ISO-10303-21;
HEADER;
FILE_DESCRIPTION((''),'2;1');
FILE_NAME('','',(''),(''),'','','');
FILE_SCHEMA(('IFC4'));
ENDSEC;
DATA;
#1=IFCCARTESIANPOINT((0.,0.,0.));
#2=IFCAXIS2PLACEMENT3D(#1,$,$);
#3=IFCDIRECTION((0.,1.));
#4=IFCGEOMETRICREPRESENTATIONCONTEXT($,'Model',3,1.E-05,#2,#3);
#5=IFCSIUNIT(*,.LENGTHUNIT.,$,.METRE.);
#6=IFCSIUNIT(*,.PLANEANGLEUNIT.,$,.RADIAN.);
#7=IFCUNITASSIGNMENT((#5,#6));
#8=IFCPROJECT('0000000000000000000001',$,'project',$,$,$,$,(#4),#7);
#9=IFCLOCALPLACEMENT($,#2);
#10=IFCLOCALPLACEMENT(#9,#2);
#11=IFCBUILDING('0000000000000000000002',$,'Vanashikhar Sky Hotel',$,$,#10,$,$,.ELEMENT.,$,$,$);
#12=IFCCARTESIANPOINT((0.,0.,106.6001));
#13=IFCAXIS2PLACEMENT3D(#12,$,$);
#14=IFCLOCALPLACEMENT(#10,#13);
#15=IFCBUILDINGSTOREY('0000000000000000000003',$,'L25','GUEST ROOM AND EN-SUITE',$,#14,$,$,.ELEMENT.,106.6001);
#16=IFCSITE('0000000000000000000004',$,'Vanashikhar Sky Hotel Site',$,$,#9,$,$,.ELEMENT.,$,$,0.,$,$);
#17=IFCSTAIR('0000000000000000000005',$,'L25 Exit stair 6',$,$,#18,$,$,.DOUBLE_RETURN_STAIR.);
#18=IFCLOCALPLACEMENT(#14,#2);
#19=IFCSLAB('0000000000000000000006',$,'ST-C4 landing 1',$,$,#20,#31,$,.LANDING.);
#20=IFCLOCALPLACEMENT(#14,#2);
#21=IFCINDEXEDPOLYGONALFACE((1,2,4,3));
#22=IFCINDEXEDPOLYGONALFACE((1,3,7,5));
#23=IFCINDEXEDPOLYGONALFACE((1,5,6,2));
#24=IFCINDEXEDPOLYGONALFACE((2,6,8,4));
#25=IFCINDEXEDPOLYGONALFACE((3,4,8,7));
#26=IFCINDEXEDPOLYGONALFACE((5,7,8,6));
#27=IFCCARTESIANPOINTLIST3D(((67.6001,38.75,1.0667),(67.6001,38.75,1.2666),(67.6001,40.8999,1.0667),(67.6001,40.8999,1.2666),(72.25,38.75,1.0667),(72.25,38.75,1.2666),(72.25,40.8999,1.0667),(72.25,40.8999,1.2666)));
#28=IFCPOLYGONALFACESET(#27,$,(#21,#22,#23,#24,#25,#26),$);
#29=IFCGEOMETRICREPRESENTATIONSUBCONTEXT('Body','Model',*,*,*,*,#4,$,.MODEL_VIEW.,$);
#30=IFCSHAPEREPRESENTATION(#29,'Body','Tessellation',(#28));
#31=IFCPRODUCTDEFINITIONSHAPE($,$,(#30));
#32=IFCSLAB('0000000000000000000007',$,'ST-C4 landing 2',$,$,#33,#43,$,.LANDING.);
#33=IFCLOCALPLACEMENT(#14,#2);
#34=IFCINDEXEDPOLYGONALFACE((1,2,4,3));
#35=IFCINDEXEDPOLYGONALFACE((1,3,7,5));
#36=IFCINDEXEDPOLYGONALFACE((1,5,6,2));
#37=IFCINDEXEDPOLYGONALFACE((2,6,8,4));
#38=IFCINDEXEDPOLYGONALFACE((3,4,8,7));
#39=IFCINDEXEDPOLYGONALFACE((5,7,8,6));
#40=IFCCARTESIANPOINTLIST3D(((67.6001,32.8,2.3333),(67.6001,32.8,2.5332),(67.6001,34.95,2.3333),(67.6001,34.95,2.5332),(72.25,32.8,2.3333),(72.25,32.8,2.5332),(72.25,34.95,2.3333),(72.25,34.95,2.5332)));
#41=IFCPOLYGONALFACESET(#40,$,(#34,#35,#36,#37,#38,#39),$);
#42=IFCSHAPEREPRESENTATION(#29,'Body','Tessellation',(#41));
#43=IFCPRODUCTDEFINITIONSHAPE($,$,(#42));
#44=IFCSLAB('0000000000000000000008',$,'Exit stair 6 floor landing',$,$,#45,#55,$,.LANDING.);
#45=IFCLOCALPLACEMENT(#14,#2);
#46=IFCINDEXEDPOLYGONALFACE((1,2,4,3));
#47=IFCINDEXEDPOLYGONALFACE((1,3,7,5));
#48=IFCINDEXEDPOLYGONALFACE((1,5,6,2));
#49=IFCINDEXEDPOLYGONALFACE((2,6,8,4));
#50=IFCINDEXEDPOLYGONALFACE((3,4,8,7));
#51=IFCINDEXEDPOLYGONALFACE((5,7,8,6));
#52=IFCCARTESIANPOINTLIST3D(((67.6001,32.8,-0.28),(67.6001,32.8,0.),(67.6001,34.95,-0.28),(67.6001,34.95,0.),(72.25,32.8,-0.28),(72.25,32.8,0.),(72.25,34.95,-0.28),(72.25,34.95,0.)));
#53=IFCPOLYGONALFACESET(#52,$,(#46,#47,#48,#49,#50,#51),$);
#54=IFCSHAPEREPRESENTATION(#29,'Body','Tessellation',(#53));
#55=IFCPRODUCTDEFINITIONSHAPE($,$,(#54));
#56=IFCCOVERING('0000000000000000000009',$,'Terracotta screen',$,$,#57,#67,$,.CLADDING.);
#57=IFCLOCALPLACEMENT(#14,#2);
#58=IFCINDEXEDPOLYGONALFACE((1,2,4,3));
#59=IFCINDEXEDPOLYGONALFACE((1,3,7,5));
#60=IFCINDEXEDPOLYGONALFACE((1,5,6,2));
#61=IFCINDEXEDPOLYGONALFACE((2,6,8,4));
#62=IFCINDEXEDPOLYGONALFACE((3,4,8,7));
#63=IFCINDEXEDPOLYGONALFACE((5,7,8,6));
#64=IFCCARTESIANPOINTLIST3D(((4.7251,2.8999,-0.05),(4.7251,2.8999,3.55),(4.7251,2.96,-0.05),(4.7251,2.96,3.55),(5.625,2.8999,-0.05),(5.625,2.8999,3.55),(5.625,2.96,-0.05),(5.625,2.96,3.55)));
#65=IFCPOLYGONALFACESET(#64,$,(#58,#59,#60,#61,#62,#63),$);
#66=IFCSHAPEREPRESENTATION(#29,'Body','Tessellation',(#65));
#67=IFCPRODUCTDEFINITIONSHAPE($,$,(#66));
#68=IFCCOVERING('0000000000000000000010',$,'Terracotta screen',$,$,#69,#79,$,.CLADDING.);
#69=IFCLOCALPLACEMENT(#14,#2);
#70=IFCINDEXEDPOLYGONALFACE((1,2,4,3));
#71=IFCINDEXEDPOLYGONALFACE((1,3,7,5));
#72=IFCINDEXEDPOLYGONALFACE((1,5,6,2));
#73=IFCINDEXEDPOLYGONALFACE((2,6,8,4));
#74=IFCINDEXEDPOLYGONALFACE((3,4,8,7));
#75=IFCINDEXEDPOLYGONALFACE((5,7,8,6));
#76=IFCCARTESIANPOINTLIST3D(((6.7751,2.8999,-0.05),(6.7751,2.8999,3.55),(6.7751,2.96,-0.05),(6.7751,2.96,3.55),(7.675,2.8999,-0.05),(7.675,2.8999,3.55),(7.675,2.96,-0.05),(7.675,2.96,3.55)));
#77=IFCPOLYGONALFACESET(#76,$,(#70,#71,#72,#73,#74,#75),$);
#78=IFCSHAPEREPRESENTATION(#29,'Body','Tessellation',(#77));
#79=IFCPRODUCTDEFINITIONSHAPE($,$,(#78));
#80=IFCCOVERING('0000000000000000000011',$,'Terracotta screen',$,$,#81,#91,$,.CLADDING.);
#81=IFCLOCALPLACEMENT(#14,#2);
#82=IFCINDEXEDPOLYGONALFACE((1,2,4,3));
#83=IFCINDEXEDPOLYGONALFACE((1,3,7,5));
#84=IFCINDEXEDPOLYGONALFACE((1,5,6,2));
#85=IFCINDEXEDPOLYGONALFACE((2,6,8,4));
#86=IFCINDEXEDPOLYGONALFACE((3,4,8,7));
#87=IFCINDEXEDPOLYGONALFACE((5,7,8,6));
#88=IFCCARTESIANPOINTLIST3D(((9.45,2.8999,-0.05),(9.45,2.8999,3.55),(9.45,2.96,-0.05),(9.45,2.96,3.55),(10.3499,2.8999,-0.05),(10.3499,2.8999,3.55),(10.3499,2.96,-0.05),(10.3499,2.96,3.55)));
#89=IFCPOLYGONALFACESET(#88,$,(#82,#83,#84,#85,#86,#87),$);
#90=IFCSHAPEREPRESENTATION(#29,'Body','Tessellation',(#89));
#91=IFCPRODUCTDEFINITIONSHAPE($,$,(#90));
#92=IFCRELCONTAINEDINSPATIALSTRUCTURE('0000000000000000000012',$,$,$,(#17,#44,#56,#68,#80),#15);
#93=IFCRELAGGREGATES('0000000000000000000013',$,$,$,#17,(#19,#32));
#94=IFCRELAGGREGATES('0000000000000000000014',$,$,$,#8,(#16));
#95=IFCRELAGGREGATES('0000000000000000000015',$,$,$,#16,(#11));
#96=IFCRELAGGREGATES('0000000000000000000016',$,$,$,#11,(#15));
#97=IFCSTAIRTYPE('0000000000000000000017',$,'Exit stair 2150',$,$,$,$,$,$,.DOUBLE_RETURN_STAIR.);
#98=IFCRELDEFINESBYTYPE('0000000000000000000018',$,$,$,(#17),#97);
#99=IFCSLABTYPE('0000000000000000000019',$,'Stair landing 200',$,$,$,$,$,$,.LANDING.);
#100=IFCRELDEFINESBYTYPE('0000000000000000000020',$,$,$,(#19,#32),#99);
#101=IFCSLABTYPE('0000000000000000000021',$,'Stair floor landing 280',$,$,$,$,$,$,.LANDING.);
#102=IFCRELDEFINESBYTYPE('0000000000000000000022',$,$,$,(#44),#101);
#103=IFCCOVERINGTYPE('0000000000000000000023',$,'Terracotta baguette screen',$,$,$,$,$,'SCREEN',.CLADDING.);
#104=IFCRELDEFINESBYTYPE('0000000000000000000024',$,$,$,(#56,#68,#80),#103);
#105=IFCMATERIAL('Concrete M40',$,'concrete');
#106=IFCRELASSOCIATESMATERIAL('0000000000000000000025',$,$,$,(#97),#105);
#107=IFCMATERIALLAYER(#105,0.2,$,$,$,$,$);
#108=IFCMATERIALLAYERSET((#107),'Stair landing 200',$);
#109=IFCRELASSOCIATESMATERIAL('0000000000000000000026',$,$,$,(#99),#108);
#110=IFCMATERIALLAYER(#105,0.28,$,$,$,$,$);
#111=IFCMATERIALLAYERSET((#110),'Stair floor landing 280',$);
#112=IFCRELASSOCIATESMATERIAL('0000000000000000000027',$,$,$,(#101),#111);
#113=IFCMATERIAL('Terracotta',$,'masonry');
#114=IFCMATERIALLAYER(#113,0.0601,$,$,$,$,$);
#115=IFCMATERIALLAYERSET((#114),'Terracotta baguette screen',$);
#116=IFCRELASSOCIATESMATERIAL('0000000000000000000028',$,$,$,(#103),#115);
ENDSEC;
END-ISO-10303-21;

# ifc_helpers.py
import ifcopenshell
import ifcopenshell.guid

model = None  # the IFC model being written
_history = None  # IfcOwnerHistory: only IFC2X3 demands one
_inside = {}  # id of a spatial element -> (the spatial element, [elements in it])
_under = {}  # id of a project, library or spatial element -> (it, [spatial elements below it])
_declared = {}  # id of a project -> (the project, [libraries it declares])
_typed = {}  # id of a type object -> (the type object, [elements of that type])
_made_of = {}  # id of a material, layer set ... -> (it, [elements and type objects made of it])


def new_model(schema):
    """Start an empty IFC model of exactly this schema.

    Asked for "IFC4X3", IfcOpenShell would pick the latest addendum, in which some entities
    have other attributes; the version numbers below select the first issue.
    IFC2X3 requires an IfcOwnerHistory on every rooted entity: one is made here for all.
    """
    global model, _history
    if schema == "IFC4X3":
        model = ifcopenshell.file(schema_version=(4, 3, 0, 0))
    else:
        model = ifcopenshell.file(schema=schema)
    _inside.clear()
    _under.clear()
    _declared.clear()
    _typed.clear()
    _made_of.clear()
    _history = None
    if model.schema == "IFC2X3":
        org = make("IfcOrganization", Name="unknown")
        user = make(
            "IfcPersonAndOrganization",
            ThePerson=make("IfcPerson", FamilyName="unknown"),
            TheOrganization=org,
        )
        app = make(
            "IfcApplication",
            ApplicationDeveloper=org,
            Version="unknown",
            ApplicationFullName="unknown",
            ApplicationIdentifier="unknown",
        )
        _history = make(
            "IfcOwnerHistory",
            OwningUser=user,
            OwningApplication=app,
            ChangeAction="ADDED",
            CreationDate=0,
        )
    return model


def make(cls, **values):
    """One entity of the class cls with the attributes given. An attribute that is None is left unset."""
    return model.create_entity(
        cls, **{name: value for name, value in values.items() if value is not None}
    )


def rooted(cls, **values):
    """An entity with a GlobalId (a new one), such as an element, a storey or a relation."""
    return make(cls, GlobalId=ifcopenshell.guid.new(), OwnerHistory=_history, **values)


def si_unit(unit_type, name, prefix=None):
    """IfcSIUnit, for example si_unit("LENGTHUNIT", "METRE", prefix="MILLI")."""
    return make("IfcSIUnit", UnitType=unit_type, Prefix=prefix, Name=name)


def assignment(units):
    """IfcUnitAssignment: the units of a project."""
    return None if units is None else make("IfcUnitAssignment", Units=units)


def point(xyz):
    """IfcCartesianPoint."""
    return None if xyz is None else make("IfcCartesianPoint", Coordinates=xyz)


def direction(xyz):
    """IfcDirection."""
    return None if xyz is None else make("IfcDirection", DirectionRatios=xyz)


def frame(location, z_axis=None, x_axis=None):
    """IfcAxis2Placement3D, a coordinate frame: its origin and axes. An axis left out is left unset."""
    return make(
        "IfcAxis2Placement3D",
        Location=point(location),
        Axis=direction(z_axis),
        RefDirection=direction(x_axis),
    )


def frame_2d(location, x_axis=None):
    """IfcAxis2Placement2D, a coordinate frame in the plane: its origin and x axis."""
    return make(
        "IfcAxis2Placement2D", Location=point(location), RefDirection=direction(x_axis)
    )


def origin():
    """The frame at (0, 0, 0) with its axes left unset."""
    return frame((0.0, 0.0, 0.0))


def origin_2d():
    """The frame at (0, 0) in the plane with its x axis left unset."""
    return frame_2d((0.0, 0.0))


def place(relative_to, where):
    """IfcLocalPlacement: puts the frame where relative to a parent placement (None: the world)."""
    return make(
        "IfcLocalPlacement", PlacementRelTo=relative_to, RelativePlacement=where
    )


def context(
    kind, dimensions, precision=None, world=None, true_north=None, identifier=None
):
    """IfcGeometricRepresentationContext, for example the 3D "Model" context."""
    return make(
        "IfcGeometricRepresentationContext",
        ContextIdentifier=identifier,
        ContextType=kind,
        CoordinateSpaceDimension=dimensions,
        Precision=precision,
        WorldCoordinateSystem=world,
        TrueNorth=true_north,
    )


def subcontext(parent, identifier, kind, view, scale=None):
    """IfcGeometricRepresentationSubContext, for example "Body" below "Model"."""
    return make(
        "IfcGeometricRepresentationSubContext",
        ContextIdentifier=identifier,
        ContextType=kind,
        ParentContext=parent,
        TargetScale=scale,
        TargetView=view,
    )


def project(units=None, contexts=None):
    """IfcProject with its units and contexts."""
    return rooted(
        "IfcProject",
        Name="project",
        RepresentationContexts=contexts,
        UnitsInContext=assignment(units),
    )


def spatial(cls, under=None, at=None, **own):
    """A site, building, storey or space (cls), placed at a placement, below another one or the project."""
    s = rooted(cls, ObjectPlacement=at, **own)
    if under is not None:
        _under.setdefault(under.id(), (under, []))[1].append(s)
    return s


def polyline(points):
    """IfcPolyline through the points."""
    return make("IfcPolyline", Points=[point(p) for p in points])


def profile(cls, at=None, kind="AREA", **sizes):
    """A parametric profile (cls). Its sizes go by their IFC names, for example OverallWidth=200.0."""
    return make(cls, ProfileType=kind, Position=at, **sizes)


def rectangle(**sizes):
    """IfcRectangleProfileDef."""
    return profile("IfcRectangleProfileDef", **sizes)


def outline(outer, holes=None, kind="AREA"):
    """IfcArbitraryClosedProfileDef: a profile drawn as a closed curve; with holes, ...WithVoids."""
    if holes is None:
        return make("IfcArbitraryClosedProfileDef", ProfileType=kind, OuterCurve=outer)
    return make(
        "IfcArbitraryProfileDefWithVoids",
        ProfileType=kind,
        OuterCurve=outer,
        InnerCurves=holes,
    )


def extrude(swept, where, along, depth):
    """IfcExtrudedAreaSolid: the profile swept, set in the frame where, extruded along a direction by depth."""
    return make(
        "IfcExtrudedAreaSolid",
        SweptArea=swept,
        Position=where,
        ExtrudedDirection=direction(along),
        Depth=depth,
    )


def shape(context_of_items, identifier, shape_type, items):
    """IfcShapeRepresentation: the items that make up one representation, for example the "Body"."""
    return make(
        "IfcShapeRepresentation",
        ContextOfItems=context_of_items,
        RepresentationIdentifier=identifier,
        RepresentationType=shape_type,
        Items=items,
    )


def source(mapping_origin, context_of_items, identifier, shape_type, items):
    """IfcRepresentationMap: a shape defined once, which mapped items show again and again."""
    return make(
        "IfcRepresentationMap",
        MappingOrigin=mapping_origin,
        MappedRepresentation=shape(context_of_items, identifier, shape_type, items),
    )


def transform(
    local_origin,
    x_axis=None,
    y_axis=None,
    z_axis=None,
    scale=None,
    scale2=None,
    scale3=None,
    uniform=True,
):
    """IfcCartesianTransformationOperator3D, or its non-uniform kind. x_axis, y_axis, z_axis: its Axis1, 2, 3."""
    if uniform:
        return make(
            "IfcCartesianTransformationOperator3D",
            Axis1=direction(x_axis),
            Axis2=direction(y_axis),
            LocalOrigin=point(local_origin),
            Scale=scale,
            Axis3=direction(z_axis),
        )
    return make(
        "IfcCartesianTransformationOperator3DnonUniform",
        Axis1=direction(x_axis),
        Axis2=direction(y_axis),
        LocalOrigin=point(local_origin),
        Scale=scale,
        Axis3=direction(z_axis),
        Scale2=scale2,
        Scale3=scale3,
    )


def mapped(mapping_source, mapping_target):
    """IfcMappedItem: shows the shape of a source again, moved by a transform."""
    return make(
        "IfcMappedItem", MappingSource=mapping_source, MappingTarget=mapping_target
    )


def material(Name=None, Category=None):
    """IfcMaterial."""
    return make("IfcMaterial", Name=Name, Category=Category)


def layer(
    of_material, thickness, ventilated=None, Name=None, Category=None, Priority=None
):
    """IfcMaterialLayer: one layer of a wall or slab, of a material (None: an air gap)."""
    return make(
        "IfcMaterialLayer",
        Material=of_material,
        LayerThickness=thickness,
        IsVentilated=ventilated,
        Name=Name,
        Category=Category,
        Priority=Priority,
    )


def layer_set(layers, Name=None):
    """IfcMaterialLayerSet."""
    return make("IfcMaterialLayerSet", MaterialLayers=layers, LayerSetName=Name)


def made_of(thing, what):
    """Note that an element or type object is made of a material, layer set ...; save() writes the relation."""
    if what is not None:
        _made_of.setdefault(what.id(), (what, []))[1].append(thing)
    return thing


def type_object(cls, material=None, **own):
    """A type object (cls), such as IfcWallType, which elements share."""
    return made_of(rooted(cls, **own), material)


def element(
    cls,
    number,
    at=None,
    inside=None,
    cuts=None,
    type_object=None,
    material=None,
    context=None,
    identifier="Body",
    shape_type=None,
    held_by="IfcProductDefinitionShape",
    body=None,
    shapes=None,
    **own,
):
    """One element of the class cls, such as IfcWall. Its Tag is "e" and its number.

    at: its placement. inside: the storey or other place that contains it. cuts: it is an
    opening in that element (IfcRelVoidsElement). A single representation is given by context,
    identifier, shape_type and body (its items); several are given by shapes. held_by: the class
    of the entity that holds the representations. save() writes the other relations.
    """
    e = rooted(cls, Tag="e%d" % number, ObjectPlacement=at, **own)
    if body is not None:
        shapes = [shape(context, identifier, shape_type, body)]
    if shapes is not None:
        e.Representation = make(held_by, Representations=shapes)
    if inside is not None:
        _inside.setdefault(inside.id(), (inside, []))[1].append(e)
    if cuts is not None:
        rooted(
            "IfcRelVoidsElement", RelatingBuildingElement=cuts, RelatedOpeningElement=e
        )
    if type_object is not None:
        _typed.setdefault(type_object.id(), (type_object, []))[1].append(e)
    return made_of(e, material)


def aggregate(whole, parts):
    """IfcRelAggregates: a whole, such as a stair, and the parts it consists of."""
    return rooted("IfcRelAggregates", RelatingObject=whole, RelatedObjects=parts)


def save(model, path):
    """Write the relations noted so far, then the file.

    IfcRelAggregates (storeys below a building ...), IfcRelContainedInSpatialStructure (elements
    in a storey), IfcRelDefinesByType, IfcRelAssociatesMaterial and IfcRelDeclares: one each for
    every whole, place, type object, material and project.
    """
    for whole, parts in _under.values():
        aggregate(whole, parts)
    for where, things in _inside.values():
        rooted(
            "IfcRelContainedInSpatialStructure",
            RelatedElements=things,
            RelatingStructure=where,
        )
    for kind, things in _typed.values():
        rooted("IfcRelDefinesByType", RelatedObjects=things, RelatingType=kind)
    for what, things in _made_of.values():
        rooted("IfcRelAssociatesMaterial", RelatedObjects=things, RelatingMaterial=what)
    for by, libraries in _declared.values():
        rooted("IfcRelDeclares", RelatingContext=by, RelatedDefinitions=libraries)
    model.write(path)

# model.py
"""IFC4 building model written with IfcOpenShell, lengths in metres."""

from ifc_helpers import new_model, si_unit, direction, frame, origin, origin_2d, place, context, subcontext, project, spatial, polyline, rectangle, outline, extrude, source, transform, mapped, material, layer, layer_set, type_object, element, aggregate, save


model = new_model("IFC4")

# Units and contexts
model_context = context("Model", 3, precision=1e-05, world=origin(), true_north=direction((0.0, 1.0)))
body_context = subcontext(model_context, "Body", "Model", "MODEL_VIEW")
ifc_project = project(units=[si_unit("LENGTHUNIT", "METRE"), si_unit("PLANEANGLEUNIT", "RADIAN")], contexts=[model_context])

# Site, building, storey
site_placement = place(None, origin())
site = spatial("IfcSite", under=ifc_project, at=site_placement, Name="Vanashikhar Sky Hotel Site", CompositionType="ELEMENT", RefElevation=0.0)
building_placement = place(site_placement, origin())
building = spatial("IfcBuilding", under=site, at=building_placement, Name="Vanashikhar Sky Hotel", CompositionType="ELEMENT")
storey_placement = place(building_placement, frame((0.0, 0.0, 106.6001)))
storey = spatial("IfcBuildingStorey", under=building, at=storey_placement, Name="L25", Description="GUEST ROOM AND EN-SUITE", CompositionType="ELEMENT", Elevation=106.6001)

# Shared definitions
ifc_material_1 = material(Name="Concrete M40", Category="concrete")

# Shared definitions
stair_type = type_object("IfcStairType", Name="Exit stair 2150", PredefinedType="DOUBLE_RETURN_STAIR", material=ifc_material_1)
ifc_layer_1 = layer(ifc_material_1, 0.2)
ifc_layer_set_1 = layer_set([ifc_layer_1], Name="Stair landing 200")
slab_type_1 = type_object("IfcSlabType", Name="Stair landing 200", PredefinedType="LANDING", material=ifc_layer_set_1)

# Shared definitions
ifc_layer_2 = layer(ifc_material_1, 0.28)
ifc_layer_set_2 = layer_set([ifc_layer_2], Name="Stair floor landing 280")
slab_type_2 = type_object("IfcSlabType", Name="Stair floor landing 280", PredefinedType="LANDING", material=ifc_layer_set_2)

# Stair, slabs
stair_1_placement = place(storey_placement, origin())
stair_1 = element("IfcStair", 1, at=stair_1_placement, inside=storey, type_object=stair_type, Name="L25 Exit stair 6", PredefinedType="DOUBLE_RETURN_STAIR")
shared_shape_1 = source(origin(), body_context, "Body", "SweptSolid", [
    extrude(outline(polyline([(72.25, 38.75), (72.25, 40.8999), (67.6001, 40.8999), (67.6001, 38.75), (72.25, 38.75)])), origin(), (0.0, 0.0, 1.0), 0.2),
])
slab_1_placement = place(storey_placement, frame((0.0, 0.0, 1.0667)))
slab_1 = element("IfcSlab", 2, at=slab_1_placement, type_object=slab_type_1, Name="ST-C4 landing 1", PredefinedType="LANDING", context=body_context, shape_type="MappedRepresentation", body=[
    mapped(shared_shape_1, transform((0.0, 0.0, 0.0), scale=1.0)),
])
shared_shape_2 = source(origin(), body_context, "Body", "SweptSolid", [
    extrude(outline(polyline([(72.25, 32.8), (72.25, 34.95), (67.6001, 34.95), (67.6001, 32.8), (72.25, 32.8)])), origin(), (0.0, 0.0, 1.0), 0.2),
])
slab_2_placement = place(storey_placement, frame((0.0, 0.0, 2.3333)))
slab_2 = element("IfcSlab", 3, at=slab_2_placement, type_object=slab_type_1, Name="ST-C4 landing 2", PredefinedType="LANDING", context=body_context, shape_type="MappedRepresentation", body=[
    mapped(shared_shape_2, transform((0.0, 0.0, 0.0), scale=1.0)),
])
aggregate(stair_1, [slab_1, slab_2])

# Slab
shared_shape_3 = source(origin(), body_context, "Body", "SweptSolid", [
    extrude(outline(polyline([(72.25, 32.8), (72.25, 34.95), (67.6001, 34.95), (67.6001, 32.8), (72.25, 32.8)])), origin(), (0.0, 0.0, 1.0), 0.28),
])
slab_3_placement = place(storey_placement, frame((0.0, 0.0, -0.28)))
element("IfcSlab", 4, at=slab_3_placement, inside=storey, type_object=slab_type_2, Name="Exit stair 6 floor landing", PredefinedType="LANDING", context=body_context, shape_type="MappedRepresentation", body=[
    mapped(shared_shape_3, transform((0.0, 0.0, 0.0), scale=1.0)),
])

# Coverings
ifc_material_2 = material(Name="Terracotta", Category="masonry")
ifc_layer_3 = layer(ifc_material_2, 0.0601)
ifc_layer_set_3 = layer_set([ifc_layer_3], Name="Terracotta baguette screen")
covering_type = type_object("IfcCoveringType", Name="Terracotta baguette screen", ElementType="SCREEN", PredefinedType="CLADDING", material=ifc_layer_set_3)
shared_shape_4 = source(origin(), body_context, "Body", "SweptSolid", [
    extrude(rectangle(XDim=0.8999, YDim=0.0601, at=origin_2d()), origin(), (0.0, 0.0, 1.0), 3.6001),
])
for number, where, z_axis, x_axis, name in (
    (5, (5.175, 2.9299, -0.05), (0.0, 0.0, 1.0), (1.0, 0.0, 0.0), "Terracotta screen"),
    (6, (7.2251, 2.9299, -0.05), (0.0, 0.0, 1.0), (1.0, 0.0, 0.0), "Terracotta screen"),
    (7, (9.8999, 2.9299, -0.05), (0.0, 0.0, 1.0), (1.0, 0.0, 0.0), "Terracotta screen"),
):
    element("IfcCovering", number, at=place(storey_placement, frame(where, z_axis=z_axis, x_axis=x_axis)), inside=storey, type_object=covering_type, Name=name, PredefinedType="CLADDING", context=body_context, shape_type="MappedRepresentation", body=[
        mapped(shared_shape_4, transform((0.0, 0.0, 0.0), scale=1.0)),
    ])

save(model, "model.ifc")
